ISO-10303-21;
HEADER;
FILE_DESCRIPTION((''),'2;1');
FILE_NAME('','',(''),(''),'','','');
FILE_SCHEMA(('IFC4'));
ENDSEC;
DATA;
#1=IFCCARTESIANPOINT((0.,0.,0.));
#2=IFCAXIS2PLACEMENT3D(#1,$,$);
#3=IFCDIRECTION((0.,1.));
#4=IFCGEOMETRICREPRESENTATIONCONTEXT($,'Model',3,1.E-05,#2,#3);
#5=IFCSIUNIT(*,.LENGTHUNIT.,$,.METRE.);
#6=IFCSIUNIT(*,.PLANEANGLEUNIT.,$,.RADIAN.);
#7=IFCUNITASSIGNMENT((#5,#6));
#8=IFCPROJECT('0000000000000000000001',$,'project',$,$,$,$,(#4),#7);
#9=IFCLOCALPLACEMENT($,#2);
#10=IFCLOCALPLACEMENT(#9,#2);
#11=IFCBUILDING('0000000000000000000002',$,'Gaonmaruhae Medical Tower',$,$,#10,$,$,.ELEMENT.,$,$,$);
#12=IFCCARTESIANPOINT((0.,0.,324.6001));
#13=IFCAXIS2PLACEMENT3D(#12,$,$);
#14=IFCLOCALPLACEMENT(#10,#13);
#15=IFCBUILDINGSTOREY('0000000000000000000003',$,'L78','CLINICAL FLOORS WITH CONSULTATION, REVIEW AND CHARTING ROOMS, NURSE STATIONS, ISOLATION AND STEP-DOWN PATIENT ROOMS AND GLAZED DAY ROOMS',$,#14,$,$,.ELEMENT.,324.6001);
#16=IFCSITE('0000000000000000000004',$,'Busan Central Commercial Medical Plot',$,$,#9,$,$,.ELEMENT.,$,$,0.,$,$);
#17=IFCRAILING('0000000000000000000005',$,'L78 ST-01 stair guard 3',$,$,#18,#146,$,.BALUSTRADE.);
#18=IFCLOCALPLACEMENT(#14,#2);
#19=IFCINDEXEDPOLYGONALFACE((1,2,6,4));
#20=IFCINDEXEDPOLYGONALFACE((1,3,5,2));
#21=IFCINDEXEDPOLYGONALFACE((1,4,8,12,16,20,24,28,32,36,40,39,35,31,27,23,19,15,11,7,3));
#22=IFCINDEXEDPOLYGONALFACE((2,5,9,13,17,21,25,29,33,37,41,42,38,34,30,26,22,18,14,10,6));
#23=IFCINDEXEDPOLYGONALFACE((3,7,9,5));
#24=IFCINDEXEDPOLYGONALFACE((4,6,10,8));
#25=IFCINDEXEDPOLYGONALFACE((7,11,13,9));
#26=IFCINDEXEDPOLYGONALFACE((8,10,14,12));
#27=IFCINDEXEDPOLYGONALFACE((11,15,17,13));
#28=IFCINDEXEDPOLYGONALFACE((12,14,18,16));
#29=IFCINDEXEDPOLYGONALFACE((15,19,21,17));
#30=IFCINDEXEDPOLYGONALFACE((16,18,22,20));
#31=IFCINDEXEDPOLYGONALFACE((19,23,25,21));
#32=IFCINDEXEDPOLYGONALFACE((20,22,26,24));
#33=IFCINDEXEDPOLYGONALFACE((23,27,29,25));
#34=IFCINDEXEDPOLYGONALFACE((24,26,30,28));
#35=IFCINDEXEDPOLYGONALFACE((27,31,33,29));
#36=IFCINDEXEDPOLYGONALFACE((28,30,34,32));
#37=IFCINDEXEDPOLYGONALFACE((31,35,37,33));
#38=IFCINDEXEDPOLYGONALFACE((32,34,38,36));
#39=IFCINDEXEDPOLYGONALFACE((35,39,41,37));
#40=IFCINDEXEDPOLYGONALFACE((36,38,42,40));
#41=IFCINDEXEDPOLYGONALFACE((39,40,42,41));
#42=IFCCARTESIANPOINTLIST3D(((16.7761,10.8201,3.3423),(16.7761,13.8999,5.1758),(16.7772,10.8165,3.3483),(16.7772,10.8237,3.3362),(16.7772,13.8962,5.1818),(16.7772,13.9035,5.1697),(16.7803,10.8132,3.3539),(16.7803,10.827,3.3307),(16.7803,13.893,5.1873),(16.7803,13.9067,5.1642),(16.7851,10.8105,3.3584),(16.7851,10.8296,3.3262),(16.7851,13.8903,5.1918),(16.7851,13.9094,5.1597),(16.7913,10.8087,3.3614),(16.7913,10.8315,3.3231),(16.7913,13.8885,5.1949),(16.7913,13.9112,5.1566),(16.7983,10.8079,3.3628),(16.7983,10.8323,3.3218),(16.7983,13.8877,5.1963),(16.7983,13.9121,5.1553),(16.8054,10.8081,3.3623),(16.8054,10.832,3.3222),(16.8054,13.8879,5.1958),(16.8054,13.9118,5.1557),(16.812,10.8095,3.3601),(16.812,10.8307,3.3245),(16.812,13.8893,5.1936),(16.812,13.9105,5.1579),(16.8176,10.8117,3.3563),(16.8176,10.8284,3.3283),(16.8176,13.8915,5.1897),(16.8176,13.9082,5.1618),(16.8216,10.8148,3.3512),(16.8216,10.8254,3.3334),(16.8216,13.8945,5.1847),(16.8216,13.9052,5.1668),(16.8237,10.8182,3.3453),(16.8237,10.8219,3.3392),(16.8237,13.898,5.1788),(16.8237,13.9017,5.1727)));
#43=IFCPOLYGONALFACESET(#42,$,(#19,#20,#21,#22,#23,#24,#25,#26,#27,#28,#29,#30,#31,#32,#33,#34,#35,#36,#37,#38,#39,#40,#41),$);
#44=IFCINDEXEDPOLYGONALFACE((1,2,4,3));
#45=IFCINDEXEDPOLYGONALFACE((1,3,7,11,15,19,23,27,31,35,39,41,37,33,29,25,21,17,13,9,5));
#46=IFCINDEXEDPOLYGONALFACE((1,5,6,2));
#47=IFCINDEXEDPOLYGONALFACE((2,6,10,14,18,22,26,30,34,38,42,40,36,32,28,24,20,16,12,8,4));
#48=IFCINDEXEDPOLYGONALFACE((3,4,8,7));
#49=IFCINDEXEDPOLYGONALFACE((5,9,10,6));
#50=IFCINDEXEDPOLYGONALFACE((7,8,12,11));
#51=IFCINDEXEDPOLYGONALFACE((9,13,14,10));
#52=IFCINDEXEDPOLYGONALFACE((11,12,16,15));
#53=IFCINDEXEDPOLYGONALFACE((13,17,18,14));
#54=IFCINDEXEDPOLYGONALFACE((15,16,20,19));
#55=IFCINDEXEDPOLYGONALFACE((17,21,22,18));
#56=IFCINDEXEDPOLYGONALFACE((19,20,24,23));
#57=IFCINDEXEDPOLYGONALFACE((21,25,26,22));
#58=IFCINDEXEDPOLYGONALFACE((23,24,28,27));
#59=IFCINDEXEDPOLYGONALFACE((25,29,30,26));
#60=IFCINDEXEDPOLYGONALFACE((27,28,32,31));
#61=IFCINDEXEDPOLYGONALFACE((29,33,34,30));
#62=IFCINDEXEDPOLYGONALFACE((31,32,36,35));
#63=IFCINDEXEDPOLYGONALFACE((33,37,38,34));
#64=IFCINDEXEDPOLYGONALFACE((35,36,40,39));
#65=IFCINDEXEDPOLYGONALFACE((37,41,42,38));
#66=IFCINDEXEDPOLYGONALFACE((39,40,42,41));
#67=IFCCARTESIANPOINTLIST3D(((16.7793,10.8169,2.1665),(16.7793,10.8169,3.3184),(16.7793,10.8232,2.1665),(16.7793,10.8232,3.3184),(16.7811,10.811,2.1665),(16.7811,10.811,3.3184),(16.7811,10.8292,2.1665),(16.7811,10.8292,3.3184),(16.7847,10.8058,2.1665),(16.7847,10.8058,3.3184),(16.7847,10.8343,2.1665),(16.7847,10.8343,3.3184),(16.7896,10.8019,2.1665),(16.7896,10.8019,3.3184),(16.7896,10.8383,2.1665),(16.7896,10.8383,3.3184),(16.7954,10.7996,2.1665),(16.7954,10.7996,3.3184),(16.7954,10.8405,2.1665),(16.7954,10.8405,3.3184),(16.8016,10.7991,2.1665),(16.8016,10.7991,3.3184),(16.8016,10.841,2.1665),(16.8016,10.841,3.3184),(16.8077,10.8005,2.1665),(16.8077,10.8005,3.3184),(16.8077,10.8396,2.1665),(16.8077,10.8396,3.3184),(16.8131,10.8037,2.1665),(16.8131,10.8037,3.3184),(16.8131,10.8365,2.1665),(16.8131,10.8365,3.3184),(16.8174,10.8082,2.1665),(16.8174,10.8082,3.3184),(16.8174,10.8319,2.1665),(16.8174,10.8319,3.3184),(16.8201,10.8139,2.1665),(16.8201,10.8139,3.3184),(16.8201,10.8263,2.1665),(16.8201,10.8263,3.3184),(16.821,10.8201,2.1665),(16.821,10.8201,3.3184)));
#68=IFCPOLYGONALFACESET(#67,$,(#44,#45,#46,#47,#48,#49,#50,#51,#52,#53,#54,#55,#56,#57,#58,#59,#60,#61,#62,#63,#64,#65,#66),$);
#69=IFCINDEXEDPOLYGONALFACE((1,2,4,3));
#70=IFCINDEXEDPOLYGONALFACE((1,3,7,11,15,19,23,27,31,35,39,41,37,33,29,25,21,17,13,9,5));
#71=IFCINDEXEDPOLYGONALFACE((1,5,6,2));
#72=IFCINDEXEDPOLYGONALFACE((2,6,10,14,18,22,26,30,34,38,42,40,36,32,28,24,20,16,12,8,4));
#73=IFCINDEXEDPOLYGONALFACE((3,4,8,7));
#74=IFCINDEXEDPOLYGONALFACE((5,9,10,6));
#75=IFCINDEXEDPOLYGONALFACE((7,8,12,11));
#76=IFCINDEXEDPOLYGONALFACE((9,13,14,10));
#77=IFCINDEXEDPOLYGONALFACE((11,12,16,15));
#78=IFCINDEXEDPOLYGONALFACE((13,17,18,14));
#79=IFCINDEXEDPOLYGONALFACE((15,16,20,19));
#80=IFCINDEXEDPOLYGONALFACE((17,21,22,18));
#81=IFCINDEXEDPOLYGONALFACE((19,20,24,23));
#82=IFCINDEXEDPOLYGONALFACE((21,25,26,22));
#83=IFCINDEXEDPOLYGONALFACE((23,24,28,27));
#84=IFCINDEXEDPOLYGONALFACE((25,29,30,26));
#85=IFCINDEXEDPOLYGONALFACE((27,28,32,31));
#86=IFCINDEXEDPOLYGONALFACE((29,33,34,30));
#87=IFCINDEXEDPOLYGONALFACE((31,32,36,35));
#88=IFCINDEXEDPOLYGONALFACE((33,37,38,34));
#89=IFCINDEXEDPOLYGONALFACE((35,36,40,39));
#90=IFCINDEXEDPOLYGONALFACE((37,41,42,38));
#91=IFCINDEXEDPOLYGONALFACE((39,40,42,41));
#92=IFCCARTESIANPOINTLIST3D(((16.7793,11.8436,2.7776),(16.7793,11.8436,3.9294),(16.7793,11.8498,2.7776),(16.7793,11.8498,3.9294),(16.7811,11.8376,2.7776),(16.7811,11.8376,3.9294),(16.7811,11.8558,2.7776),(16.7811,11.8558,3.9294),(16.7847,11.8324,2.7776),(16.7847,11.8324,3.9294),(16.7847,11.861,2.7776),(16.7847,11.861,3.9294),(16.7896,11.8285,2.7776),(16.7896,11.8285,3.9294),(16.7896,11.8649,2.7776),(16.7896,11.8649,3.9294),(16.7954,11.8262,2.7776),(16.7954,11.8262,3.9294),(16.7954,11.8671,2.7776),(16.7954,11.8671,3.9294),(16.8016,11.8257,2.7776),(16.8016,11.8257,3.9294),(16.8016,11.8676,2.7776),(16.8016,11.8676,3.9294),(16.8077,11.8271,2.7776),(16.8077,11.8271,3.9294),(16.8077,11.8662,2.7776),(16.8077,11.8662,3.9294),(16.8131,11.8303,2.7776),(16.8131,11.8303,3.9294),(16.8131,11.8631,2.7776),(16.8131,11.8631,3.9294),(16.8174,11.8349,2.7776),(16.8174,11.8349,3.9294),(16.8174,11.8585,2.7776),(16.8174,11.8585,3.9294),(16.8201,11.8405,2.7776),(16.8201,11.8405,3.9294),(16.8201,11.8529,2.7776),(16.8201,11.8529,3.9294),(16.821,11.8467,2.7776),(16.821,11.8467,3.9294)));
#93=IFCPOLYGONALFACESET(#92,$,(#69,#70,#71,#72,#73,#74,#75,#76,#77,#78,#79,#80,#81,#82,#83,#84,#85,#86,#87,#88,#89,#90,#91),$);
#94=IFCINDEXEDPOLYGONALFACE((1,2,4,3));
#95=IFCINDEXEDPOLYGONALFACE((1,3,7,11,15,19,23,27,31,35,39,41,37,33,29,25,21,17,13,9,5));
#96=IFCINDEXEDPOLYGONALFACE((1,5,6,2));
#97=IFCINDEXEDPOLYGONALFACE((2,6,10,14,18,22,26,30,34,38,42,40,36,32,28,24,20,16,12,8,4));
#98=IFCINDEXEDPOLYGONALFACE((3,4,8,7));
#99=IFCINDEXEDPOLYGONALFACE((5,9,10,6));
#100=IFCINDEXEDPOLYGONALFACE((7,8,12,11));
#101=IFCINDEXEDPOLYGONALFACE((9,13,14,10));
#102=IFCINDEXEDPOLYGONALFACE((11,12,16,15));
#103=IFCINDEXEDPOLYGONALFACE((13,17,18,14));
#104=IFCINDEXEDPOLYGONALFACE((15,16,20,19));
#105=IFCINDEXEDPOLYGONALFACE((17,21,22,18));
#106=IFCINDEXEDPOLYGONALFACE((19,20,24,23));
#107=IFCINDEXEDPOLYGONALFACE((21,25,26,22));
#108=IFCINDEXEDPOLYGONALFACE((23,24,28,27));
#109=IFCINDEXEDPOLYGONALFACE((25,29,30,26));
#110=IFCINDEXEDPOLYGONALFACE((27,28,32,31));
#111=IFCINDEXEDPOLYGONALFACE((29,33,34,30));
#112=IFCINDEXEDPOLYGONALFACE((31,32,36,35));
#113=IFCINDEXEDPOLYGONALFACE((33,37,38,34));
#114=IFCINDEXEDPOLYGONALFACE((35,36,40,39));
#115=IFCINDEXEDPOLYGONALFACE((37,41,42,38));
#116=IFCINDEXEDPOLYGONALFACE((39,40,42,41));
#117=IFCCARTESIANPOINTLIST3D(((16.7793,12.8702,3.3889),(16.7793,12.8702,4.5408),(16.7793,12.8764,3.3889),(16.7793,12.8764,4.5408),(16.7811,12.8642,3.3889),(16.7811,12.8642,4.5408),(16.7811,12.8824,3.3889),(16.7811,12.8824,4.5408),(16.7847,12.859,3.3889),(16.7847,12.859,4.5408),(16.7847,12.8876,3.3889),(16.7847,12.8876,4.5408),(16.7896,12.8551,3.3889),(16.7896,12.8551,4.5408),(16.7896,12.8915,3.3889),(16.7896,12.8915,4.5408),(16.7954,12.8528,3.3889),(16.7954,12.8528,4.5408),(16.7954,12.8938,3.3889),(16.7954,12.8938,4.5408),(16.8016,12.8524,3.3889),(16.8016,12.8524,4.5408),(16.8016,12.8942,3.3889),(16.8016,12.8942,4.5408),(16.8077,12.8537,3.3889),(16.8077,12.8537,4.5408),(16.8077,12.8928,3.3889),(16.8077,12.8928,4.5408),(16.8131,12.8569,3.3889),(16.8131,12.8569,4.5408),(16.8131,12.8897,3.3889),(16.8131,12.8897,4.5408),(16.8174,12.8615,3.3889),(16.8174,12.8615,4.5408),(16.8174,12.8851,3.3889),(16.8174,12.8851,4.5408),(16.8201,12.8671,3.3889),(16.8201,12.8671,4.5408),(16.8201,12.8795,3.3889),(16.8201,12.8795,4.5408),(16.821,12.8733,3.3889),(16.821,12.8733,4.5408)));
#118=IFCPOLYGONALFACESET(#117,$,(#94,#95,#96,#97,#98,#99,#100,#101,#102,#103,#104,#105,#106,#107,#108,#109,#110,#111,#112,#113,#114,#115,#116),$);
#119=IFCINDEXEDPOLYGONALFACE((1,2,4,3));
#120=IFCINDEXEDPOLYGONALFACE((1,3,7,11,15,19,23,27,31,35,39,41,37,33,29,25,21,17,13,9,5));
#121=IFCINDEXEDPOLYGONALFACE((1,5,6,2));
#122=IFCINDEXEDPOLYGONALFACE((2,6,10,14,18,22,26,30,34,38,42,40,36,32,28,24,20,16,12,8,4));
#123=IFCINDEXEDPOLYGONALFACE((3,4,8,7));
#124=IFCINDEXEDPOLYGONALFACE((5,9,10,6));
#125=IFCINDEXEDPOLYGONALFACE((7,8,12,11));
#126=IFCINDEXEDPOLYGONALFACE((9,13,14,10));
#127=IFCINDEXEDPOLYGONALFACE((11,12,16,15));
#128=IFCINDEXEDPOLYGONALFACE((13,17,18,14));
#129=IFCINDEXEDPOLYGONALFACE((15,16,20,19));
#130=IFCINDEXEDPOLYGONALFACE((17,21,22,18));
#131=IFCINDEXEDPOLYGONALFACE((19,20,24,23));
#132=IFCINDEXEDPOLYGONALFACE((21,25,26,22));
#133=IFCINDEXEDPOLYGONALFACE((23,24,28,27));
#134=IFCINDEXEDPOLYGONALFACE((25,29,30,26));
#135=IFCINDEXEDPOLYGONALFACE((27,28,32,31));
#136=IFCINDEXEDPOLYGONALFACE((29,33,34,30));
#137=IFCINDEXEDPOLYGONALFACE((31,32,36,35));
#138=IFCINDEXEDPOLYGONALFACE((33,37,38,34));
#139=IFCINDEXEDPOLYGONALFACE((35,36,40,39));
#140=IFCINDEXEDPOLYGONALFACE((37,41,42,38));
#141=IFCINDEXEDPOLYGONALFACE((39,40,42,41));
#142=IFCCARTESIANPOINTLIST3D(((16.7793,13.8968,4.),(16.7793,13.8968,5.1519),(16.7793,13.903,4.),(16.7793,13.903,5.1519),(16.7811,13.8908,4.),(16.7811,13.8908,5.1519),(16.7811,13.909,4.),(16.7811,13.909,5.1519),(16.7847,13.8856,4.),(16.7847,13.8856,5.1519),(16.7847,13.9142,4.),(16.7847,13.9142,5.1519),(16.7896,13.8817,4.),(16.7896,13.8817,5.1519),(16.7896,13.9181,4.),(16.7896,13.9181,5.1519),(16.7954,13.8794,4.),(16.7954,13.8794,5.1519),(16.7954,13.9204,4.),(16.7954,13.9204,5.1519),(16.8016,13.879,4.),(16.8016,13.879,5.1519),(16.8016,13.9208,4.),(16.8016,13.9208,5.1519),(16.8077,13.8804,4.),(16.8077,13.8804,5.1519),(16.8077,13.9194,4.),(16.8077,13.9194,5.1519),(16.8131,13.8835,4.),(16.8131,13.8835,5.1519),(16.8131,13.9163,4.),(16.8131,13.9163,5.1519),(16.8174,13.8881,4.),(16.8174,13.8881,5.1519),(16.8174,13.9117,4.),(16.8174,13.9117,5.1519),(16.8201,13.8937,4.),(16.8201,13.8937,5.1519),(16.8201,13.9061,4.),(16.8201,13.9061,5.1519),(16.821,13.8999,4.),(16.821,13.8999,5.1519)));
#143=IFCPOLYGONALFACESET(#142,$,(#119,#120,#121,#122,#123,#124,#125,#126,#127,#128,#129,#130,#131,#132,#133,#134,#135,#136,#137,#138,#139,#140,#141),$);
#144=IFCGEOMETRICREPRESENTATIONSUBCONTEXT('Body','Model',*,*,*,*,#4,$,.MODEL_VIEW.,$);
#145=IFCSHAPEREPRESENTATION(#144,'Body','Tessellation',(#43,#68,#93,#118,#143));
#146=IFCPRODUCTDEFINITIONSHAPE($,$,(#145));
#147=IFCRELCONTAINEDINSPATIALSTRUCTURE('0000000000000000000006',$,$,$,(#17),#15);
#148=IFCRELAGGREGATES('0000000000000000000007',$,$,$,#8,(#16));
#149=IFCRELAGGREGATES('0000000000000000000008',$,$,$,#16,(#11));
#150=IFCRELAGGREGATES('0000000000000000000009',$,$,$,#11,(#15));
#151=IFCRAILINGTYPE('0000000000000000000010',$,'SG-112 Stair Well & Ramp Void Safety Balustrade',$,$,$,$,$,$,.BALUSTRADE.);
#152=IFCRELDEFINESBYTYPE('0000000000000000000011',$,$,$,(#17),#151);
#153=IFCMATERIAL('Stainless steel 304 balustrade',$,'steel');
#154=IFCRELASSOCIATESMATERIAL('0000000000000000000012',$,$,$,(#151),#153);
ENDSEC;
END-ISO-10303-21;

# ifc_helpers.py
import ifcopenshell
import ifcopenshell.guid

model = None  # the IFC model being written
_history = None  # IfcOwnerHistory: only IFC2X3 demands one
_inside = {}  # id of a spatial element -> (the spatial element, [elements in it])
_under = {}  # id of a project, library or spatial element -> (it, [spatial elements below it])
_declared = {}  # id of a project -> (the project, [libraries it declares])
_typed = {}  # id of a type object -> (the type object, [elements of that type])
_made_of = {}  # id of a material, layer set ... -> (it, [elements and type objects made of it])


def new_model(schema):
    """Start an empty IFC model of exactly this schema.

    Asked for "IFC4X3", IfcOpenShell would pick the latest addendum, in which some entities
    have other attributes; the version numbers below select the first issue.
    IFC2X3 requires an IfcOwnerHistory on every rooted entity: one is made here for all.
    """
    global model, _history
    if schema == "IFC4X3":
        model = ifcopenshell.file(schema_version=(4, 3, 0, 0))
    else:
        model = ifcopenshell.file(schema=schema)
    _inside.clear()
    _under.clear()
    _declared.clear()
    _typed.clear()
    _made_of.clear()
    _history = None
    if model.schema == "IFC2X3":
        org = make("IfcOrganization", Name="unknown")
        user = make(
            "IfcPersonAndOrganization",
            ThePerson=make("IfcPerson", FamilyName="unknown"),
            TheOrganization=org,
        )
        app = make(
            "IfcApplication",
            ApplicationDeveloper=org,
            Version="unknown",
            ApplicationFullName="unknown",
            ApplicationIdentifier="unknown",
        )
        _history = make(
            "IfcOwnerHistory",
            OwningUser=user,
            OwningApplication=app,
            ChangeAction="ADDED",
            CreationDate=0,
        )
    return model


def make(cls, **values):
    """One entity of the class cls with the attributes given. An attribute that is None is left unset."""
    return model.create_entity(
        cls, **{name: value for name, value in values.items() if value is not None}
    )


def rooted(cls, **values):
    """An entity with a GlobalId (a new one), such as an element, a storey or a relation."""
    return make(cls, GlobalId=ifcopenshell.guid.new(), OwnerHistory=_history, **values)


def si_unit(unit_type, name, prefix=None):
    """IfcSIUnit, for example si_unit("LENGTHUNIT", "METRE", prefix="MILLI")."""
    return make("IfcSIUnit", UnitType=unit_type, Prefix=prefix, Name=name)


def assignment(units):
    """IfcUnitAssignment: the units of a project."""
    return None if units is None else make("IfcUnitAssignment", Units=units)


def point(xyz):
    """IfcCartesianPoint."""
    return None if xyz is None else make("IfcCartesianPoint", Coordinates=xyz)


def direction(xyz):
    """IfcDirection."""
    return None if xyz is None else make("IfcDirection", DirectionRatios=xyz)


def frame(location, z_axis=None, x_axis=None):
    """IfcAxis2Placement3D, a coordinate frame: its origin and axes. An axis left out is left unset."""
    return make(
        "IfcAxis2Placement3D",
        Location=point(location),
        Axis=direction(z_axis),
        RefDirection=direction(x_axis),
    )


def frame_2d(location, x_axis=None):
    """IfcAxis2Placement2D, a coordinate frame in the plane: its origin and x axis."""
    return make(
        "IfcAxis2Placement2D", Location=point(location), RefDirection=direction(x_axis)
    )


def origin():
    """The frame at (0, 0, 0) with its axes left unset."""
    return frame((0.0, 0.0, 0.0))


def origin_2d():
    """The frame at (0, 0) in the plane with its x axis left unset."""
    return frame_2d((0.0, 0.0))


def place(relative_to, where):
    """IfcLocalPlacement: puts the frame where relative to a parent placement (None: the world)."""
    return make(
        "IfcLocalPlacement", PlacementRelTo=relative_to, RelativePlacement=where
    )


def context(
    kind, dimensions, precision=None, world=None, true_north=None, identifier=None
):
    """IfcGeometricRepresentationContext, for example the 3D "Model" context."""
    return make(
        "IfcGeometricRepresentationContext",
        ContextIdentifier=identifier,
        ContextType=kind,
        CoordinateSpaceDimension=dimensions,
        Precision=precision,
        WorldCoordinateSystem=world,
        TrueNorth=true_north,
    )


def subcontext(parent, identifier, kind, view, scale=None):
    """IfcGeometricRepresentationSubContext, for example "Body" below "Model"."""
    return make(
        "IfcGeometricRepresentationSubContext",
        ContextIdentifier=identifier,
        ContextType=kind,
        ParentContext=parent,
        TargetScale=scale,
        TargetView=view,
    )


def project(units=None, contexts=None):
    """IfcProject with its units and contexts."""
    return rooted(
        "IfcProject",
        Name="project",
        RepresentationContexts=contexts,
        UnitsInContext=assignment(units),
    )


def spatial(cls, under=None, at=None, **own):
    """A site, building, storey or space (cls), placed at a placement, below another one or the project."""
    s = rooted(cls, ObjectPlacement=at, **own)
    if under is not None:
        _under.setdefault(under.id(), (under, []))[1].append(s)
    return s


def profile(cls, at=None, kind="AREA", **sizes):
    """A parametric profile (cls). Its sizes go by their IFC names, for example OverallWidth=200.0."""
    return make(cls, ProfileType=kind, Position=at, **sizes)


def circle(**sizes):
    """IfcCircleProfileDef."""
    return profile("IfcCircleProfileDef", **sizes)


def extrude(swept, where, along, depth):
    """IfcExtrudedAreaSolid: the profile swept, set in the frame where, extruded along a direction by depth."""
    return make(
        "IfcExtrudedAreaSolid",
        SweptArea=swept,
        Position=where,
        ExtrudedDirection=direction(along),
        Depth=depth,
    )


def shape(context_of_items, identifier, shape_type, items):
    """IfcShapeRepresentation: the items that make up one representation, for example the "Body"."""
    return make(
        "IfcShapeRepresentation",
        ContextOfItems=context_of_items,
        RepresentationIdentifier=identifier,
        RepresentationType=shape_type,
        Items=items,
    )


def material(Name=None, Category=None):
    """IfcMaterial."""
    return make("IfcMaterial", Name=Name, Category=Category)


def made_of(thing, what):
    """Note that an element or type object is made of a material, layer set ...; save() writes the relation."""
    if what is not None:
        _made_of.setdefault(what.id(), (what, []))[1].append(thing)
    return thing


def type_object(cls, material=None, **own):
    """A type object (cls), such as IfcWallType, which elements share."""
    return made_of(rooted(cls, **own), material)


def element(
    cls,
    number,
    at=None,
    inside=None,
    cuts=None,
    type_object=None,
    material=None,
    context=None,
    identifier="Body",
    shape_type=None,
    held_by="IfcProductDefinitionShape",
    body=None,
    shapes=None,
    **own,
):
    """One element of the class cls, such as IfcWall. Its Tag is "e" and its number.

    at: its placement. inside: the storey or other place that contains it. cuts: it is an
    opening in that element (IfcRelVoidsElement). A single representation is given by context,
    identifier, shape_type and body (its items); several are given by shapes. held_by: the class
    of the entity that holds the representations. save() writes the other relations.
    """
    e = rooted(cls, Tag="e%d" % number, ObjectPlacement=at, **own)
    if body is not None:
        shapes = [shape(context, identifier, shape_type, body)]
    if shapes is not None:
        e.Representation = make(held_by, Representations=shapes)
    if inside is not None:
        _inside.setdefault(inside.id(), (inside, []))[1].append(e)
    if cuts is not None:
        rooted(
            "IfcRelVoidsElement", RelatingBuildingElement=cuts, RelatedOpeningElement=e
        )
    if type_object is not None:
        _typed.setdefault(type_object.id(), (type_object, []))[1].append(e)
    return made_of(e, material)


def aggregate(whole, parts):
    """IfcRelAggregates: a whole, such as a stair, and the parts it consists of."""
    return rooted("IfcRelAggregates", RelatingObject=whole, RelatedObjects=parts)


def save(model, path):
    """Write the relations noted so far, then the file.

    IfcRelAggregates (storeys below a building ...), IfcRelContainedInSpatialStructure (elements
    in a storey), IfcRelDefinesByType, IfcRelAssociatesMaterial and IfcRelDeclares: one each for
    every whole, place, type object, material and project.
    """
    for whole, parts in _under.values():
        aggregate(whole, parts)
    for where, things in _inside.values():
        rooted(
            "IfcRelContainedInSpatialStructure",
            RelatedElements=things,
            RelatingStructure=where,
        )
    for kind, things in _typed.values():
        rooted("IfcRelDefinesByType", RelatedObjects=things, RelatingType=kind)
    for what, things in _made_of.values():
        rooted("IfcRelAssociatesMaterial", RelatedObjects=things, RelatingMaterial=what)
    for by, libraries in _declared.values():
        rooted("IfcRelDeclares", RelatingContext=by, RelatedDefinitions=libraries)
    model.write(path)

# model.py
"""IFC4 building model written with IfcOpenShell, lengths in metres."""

from ifc_helpers import new_model, si_unit, direction, frame, origin, origin_2d, place, context, subcontext, project, spatial, circle, extrude, material, type_object, element, save


model = new_model("IFC4")

# Units and contexts
model_context = context("Model", 3, precision=1e-05, world=origin(), true_north=direction((0.0, 1.0)))
body_context = subcontext(model_context, "Body", "Model", "MODEL_VIEW")
ifc_project = project(units=[si_unit("LENGTHUNIT", "METRE"), si_unit("PLANEANGLEUNIT", "RADIAN")], contexts=[model_context])

# Site, building, storey
site_placement = place(None, origin())
site = spatial("IfcSite", under=ifc_project, at=site_placement, Name="Busan Central Commercial Medical Plot", CompositionType="ELEMENT", RefElevation=0.0)
building_placement = place(site_placement, origin())
building = spatial("IfcBuilding", under=site, at=building_placement, Name="Gaonmaruhae Medical Tower", CompositionType="ELEMENT")
storey_placement = place(building_placement, frame((0.0, 0.0, 324.6001)))
storey = spatial("IfcBuildingStorey", under=building, at=storey_placement, Name="L78", Description="CLINICAL FLOORS WITH CONSULTATION, REVIEW AND CHARTING ROOMS, NURSE STATIONS, ISOLATION AND STEP-DOWN PATIENT ROOMS AND GLAZED DAY ROOMS", CompositionType="ELEMENT", Elevation=324.6001)

# Railing
ifc_material_1 = material(Name="Stainless steel 304 balustrade", Category="steel")
railing_type_1 = type_object("IfcRailingType", Name="SG-112 Stair Well & Ramp Void Safety Balustrade", PredefinedType="BALUSTRADE", material=ifc_material_1)
railing_1_placement = place(storey_placement, frame((16.8, 10.8201, 2.1665)))
element("IfcRailing", 1, at=railing_1_placement, inside=storey, type_object=railing_type_1, Name="L78 ST-01 stair guard 3", PredefinedType="BALUSTRADE", context=body_context, shape_type="SweptSolid", body=[
    extrude(circle(Radius=0.0239, at=origin_2d()), frame((0.0, 0.0, 1.1758), z_axis=(0.0, 0.859261, 0.511538), x_axis=(-1.0, 0.0, 0.0)), (0.0, 0.0, 1.0), 3.5842),
    extrude(circle(Radius=0.021, at=origin_2d()), origin(), (0.0, 0.0, 1.0), 1.1519),
    extrude(circle(Radius=0.021, at=origin_2d()), frame((0.0, 1.0266, 0.6111)), (0.0, 0.0, 1.0), 1.1519),
    extrude(circle(Radius=0.021, at=origin_2d()), frame((0.0, 2.0532, 1.2224)), (0.0, 0.0, 1.0), 1.1519),
    extrude(circle(Radius=0.021, at=origin_2d()), frame((0.0, 3.0798, 1.8335)), (0.0, 0.0, 1.0), 1.1519),
])

save(model, "model.ifc")
